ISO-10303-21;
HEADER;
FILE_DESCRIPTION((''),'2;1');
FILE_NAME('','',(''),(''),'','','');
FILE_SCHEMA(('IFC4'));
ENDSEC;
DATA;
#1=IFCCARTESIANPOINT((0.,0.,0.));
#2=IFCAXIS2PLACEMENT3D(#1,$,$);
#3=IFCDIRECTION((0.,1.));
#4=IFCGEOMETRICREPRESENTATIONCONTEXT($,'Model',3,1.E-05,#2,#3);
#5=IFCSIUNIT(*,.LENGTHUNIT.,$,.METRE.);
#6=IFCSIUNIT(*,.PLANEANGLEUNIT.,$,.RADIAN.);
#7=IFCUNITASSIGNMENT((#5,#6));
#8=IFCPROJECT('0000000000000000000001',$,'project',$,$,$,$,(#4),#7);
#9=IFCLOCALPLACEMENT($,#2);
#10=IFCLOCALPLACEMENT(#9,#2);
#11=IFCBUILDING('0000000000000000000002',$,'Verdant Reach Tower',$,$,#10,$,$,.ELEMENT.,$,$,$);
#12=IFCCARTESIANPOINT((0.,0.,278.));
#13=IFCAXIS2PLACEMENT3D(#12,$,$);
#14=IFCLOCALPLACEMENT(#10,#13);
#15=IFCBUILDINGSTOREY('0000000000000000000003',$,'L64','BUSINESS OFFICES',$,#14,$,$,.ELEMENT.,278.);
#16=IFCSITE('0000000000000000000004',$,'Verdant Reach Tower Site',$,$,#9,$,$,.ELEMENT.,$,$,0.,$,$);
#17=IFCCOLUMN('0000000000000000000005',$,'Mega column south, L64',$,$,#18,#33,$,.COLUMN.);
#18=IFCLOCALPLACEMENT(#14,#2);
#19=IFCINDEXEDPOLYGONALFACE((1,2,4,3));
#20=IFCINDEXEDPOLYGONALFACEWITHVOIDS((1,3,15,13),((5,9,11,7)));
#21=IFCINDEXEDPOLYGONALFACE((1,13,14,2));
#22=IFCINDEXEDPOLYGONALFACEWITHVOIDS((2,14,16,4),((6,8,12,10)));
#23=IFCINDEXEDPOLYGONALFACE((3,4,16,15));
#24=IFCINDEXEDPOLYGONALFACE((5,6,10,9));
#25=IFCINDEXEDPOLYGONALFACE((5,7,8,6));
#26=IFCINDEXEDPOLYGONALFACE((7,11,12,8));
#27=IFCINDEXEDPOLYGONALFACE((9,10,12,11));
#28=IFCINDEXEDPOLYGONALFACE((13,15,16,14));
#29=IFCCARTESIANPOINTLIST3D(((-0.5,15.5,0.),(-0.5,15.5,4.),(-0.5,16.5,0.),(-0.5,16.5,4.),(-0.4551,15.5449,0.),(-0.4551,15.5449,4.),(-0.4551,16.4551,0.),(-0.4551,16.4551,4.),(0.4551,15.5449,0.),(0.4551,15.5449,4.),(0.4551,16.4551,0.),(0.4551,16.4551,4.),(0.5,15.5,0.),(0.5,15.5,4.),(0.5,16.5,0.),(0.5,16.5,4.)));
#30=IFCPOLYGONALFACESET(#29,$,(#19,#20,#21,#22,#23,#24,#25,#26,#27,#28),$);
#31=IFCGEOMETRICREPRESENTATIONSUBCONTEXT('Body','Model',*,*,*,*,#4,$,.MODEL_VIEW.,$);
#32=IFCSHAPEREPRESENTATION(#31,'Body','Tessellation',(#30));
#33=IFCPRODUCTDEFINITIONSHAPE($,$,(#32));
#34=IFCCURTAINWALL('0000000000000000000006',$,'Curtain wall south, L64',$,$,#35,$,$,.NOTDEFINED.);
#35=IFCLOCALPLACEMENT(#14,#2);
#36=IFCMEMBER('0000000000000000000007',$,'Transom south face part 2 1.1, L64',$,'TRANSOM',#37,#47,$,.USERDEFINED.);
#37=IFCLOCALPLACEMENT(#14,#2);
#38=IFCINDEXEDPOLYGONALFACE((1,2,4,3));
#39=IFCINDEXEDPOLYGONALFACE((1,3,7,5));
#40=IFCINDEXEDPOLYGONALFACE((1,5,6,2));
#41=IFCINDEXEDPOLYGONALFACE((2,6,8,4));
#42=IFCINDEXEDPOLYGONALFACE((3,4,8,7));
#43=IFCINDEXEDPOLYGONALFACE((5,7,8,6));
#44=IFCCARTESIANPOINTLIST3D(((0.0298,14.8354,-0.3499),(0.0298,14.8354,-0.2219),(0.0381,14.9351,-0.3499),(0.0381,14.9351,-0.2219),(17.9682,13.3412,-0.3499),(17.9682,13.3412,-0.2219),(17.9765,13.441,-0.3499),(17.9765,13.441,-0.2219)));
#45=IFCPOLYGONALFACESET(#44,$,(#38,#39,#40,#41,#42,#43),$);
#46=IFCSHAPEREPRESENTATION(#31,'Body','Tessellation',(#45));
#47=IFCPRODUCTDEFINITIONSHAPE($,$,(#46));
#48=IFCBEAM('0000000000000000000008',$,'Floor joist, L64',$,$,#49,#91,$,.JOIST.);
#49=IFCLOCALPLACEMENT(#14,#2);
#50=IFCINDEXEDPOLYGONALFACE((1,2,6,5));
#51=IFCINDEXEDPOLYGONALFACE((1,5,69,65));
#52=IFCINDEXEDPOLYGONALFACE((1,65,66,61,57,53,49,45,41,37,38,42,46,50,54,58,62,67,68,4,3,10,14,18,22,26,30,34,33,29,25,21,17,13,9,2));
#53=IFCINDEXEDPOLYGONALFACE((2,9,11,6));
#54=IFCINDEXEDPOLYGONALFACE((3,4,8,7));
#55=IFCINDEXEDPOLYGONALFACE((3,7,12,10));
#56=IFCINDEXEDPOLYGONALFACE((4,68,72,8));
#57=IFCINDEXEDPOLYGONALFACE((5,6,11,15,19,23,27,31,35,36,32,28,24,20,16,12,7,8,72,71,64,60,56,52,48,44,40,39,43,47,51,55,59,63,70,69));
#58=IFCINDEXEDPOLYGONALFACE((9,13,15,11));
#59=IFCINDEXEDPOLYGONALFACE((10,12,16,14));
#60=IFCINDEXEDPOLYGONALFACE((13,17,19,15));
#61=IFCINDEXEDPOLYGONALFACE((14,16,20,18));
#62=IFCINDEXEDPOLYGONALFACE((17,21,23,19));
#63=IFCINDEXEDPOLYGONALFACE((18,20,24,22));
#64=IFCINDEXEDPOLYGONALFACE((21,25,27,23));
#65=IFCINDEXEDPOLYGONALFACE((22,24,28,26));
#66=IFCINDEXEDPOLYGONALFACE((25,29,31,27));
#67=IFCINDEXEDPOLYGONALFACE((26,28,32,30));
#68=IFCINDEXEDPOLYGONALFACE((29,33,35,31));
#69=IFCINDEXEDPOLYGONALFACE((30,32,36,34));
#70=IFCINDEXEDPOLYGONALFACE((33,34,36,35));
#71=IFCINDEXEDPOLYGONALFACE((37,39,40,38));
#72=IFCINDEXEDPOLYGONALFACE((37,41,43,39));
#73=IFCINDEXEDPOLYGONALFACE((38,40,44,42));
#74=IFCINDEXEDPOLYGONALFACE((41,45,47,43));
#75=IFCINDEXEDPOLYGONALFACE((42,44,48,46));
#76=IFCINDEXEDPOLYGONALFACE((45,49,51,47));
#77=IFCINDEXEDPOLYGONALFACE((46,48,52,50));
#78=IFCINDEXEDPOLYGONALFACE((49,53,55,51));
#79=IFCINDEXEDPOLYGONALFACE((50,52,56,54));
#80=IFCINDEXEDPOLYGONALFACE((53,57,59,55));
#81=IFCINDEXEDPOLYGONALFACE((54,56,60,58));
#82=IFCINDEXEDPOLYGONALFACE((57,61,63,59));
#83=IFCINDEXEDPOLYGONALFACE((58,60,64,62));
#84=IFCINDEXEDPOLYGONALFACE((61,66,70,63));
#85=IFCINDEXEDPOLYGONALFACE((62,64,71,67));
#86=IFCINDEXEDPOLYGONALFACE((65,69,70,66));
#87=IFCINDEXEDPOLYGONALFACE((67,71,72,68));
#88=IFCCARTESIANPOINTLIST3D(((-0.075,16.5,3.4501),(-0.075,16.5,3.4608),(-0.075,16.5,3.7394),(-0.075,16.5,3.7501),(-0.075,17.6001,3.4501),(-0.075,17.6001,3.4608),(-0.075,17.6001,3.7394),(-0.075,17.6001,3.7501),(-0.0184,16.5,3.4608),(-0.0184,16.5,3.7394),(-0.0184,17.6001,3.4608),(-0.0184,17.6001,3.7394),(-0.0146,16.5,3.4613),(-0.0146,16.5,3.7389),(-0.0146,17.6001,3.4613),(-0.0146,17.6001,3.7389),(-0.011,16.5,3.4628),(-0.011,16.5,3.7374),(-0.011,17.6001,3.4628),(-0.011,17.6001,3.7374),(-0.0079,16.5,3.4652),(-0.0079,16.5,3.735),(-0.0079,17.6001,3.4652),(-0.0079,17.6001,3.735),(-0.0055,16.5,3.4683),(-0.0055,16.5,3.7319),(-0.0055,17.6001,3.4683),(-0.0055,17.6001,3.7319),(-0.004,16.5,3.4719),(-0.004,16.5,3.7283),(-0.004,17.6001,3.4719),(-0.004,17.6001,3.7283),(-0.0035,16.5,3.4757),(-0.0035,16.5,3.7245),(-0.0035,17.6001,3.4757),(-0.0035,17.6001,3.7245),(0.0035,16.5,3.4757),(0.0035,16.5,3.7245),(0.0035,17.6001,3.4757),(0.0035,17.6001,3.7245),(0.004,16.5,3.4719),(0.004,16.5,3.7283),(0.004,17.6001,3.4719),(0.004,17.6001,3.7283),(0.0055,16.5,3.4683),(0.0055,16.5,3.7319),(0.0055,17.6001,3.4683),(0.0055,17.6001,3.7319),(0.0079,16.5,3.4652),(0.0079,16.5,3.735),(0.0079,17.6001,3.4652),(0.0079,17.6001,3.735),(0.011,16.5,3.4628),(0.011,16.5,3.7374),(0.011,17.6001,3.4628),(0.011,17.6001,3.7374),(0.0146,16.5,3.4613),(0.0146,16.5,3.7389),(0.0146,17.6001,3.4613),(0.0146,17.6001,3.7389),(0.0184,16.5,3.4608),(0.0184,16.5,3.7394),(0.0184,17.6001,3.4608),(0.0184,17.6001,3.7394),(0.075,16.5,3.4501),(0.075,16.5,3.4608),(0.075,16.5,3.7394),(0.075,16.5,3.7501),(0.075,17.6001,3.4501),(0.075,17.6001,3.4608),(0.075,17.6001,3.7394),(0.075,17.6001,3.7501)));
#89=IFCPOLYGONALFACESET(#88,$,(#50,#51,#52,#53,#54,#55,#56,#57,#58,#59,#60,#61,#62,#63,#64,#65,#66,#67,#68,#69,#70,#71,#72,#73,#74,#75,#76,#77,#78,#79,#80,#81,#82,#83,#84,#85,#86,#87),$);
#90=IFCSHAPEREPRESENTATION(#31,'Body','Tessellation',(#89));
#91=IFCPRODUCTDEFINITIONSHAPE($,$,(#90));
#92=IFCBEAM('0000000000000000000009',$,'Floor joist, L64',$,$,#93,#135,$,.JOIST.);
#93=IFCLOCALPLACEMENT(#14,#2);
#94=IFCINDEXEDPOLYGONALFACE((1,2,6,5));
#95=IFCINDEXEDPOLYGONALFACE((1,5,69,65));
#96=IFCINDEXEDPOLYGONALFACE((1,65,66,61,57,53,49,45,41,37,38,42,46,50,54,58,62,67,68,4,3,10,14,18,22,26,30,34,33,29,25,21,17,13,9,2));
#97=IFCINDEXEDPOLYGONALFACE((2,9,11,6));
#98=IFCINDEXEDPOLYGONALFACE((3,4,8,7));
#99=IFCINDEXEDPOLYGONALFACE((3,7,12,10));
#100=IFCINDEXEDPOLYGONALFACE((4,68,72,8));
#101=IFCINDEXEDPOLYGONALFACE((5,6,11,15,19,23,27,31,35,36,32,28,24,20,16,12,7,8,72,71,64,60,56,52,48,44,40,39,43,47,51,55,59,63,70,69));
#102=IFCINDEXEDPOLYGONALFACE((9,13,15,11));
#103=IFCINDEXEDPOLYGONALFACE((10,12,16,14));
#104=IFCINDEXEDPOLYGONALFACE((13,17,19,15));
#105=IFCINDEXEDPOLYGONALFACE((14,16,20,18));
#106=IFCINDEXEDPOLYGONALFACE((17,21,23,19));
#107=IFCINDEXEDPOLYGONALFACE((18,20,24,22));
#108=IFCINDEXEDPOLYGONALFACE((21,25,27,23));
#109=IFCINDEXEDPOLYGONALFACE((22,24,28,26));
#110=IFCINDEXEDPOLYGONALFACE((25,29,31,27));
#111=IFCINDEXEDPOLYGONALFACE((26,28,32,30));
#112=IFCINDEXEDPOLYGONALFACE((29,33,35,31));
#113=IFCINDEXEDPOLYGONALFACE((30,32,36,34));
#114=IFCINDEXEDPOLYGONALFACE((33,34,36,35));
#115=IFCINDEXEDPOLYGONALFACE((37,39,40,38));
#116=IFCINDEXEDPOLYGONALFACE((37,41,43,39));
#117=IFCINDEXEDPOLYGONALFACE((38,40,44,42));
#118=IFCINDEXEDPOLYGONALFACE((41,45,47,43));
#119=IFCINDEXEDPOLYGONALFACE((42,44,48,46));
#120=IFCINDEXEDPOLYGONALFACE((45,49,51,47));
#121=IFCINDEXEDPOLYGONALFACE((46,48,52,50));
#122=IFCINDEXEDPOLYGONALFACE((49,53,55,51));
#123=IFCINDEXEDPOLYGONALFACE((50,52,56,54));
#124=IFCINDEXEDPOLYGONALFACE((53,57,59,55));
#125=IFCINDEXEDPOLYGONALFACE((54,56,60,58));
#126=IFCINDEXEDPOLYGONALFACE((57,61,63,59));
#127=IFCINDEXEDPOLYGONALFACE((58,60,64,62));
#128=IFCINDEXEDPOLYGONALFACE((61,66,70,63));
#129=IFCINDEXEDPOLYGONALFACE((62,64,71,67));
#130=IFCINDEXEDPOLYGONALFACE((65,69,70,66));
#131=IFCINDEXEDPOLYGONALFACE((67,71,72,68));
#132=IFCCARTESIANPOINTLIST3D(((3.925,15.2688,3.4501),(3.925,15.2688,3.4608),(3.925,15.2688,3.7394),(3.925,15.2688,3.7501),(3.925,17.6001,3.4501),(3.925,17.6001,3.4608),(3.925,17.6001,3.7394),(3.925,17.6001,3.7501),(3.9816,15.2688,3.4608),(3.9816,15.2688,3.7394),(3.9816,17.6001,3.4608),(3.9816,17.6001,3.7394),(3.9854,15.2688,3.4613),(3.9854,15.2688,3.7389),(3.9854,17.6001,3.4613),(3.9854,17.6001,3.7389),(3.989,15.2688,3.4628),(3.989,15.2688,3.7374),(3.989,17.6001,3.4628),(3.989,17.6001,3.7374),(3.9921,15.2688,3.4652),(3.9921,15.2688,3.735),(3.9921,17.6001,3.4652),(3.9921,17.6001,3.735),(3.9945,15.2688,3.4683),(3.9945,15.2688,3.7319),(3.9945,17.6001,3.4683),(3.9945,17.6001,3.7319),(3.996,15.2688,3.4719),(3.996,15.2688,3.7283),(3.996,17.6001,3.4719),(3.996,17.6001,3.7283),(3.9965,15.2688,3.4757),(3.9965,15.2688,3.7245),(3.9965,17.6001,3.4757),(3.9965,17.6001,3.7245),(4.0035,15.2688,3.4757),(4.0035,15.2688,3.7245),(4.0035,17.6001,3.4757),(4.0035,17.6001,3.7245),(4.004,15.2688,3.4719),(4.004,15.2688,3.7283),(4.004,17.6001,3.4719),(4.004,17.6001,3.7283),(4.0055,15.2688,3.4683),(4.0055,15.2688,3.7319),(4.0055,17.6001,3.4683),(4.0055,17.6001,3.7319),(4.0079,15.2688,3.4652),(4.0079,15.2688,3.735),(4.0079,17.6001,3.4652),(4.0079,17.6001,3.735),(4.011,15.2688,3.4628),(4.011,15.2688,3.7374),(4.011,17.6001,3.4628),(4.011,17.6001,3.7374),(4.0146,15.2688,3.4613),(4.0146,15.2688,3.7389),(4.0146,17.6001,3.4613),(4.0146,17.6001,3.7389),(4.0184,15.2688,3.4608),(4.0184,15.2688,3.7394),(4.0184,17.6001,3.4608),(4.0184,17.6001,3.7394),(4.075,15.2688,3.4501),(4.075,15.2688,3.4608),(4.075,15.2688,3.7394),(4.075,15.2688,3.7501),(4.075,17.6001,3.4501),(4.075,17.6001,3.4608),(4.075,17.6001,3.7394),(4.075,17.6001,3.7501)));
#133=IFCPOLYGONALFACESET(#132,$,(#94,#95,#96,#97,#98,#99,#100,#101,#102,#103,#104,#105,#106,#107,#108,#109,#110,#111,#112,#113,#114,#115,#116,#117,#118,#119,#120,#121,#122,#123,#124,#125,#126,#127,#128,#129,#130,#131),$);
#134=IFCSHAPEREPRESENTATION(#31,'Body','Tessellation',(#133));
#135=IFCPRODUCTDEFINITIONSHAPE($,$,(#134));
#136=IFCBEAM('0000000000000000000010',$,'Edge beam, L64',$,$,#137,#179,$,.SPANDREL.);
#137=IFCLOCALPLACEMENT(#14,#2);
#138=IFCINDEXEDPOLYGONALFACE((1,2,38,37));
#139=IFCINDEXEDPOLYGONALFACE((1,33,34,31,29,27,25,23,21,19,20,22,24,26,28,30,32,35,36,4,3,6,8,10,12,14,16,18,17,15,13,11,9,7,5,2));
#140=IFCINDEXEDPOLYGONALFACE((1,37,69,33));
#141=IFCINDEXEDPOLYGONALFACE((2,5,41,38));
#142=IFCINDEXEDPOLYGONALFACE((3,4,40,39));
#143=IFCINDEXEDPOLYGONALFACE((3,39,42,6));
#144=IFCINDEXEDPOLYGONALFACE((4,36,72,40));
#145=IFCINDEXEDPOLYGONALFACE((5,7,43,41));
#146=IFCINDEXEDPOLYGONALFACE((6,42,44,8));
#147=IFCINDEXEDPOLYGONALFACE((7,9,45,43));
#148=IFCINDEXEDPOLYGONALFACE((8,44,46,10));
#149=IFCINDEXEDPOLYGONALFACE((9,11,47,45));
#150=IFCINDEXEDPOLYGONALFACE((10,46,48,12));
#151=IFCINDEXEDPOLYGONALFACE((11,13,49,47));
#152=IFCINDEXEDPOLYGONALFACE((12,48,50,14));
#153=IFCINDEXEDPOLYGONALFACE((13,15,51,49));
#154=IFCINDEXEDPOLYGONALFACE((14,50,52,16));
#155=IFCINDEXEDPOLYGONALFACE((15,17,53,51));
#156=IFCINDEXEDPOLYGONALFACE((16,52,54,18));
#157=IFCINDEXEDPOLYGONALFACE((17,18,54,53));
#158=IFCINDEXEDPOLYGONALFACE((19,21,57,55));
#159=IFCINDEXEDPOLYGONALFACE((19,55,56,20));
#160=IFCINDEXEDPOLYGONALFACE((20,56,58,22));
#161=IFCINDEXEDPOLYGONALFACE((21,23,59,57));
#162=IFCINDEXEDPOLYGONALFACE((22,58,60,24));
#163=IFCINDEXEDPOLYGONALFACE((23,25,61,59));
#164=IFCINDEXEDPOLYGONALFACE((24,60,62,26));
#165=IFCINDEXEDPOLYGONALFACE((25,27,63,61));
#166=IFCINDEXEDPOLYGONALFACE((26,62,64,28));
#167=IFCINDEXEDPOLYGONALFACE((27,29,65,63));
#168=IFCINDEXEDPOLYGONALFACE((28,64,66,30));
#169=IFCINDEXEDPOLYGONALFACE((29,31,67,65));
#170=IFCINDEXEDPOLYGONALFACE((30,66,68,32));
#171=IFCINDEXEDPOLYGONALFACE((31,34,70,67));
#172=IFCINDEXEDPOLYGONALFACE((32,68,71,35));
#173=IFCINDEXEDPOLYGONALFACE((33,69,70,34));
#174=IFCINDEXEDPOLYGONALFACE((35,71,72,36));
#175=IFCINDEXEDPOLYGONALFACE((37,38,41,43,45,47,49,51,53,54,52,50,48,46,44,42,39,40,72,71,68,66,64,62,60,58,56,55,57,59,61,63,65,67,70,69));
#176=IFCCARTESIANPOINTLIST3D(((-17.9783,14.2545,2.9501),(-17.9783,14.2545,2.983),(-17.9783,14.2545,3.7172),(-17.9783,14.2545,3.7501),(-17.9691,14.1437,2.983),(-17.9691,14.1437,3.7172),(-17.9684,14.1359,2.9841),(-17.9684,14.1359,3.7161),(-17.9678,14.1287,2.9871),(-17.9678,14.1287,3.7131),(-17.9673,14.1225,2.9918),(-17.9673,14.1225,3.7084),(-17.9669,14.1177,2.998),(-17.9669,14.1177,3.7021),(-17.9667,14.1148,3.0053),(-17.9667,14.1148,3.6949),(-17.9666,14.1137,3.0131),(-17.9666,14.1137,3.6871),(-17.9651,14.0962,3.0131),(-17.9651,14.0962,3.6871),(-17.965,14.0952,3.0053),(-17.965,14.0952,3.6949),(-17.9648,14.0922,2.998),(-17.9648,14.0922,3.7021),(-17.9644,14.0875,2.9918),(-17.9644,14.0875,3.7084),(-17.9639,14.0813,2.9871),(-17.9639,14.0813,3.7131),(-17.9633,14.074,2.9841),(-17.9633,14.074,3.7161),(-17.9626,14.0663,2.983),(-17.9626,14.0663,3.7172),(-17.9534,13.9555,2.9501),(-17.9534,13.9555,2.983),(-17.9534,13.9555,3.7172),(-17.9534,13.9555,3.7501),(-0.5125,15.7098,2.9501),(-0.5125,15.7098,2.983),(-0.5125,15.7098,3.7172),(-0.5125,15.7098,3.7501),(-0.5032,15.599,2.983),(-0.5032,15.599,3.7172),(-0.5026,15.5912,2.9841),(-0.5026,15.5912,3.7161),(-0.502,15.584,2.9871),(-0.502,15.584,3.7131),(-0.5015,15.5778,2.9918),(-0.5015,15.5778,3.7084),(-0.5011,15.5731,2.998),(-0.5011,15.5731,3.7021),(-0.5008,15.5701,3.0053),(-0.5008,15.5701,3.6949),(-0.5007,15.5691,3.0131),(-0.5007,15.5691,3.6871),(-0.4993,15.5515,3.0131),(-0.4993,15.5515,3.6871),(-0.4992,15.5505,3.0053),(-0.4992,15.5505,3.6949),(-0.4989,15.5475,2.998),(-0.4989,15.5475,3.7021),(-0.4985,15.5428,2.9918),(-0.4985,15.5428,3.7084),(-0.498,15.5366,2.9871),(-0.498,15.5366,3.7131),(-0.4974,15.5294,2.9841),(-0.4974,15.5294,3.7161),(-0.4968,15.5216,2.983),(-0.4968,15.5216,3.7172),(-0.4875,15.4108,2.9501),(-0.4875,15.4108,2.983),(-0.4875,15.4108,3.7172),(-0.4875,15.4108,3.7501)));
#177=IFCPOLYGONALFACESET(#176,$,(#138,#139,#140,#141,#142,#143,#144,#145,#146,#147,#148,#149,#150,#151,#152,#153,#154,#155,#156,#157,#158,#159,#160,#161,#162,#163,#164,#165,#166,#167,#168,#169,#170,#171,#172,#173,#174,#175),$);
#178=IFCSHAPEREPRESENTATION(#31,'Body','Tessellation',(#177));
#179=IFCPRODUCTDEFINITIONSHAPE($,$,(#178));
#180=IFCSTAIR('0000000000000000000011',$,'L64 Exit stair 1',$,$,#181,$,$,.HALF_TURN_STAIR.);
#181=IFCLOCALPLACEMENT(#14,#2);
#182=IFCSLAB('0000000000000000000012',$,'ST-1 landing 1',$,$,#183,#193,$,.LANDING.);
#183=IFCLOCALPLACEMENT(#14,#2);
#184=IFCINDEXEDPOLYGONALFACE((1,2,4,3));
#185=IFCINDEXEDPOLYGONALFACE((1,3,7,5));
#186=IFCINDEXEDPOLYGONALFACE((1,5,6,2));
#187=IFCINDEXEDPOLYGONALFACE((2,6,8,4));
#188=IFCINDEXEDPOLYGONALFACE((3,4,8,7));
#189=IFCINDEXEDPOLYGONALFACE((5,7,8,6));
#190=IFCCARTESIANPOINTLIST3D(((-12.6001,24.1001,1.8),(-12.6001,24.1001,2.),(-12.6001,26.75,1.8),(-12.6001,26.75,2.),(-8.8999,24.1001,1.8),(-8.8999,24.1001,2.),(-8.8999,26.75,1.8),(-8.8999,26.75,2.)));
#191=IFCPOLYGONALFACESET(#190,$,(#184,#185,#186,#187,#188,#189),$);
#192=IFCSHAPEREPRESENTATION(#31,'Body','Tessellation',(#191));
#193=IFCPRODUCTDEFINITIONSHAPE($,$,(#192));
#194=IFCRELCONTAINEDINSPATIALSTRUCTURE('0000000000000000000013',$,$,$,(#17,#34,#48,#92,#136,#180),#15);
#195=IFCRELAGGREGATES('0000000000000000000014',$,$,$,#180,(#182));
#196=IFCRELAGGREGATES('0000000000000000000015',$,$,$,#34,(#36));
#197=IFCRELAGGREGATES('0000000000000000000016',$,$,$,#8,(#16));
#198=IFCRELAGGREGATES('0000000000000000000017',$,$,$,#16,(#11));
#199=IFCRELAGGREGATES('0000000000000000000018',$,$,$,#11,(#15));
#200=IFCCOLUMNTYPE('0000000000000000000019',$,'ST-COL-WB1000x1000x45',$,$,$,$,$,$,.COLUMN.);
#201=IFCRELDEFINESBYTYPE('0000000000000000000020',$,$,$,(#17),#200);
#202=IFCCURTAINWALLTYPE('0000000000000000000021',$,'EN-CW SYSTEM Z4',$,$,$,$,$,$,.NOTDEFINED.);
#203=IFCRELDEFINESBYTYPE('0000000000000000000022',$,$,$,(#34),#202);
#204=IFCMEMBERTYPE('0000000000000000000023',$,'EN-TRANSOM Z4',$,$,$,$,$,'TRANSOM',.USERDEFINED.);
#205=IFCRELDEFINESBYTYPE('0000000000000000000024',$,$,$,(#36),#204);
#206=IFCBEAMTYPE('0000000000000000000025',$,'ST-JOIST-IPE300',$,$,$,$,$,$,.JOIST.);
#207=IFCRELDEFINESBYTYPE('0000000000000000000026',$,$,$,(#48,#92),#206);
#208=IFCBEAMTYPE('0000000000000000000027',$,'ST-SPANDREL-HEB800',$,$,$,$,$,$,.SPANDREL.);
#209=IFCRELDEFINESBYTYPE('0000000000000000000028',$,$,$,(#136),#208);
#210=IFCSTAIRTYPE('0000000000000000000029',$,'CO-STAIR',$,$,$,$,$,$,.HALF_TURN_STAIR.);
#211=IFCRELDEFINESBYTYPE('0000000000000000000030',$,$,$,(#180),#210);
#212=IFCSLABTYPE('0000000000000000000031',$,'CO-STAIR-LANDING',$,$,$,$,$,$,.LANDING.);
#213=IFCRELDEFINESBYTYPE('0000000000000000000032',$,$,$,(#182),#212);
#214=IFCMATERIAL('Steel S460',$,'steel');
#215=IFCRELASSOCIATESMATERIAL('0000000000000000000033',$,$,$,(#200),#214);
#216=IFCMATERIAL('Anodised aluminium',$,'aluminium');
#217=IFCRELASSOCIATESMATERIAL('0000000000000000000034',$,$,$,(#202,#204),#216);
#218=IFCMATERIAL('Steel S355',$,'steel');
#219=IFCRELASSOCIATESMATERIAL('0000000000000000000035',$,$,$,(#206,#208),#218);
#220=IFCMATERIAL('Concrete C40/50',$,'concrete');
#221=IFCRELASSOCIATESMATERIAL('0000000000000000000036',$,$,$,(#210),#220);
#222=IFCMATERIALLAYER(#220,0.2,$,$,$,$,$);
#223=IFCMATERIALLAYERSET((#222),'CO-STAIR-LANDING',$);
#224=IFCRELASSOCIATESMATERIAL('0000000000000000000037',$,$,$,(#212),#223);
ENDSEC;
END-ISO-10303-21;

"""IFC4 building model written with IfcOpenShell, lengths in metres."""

from ifc_helpers import new_model, si_unit, direction, frame, origin, origin_2d, place, context, subcontext, project, spatial, polyline, rectangle, hollow_rectangle, i_section, outline, extrude, material, layer, layer_set, material_profile, profile_set, type_object, element, aggregate, save


model = new_model("IFC4")

# Units and contexts
model_context = context("Model", 3, precision=1e-05, world=origin(), true_north=direction((0.0, 1.0)))
body_context = subcontext(model_context, "Body", "Model", "MODEL_VIEW")
ifc_project = project(units=[si_unit("LENGTHUNIT", "METRE"), si_unit("PLANEANGLEUNIT", "RADIAN")], contexts=[model_context])

# Site, building, storey
site_placement = place(None, origin())
site = spatial("IfcSite", under=ifc_project, at=site_placement, Name="Verdant Reach Tower Site", CompositionType="ELEMENT", RefElevation=0.0)
building_placement = place(site_placement, origin())
building = spatial("IfcBuilding", under=site, at=building_placement, Name="Verdant Reach Tower", CompositionType="ELEMENT")
storey_placement = place(building_placement, frame((0.0, 0.0, 278.0)))
storey = spatial("IfcBuildingStorey", under=building, at=storey_placement, Name="L64", Description="BUSINESS OFFICES", CompositionType="ELEMENT", Elevation=278.0)

# Column
ifc_material_1 = material(Name="Steel S460", Category="steel")
ifc_material_profile_1 = material_profile(ifc_material_1, hollow_rectangle(XDim=1.0, YDim=1.0, WallThickness=0.0449, at=origin_2d()), Name="WB 1000x1000x45")
ifc_profile_set_1 = profile_set([ifc_material_profile_1], Name="Steel S460")
column_type = type_object("IfcColumnType", Name="ST-COL-WB1000x1000x45", PredefinedType="COLUMN", material=ifc_profile_set_1)
column_placement = place(storey_placement, frame((0.0, 16.0, 0.0), z_axis=(0.0, 0.0, 1.0), x_axis=(1.0, 0.0, 0.0)))
element("IfcColumn", 1, at=column_placement, inside=storey, type_object=column_type, Name="Mega column south, L64", PredefinedType="COLUMN", context=body_context, shape_type="SweptSolid", body=[
    extrude(hollow_rectangle(XDim=1.0, YDim=1.0, WallThickness=0.0449, at=origin_2d()), origin(), (0.0, 0.0, 1.0), 4.0),
])

# Curtain wall, member
ifc_material_2 = material(Name="Anodised aluminium", Category="aluminium")
curtain_wall_type = type_object("IfcCurtainWallType", Name="EN-CW SYSTEM Z4", PredefinedType="NOTDEFINED", material=ifc_material_2)
curtain_wall_placement = place(storey_placement, origin())
curtain_wall = element("IfcCurtainWall", 2, at=curtain_wall_placement, inside=storey, type_object=curtain_wall_type, Name="Curtain wall south, L64", PredefinedType="NOTDEFINED")
ifc_material_profile_2 = material_profile(ifc_material_2, rectangle(XDim=0.1001, YDim=0.1279, at=origin_2d()), Name="Transom 128x100")
ifc_profile_set_2 = profile_set([ifc_material_profile_2], Name="Anodised aluminium")
member_type = type_object("IfcMemberType", Name="EN-TRANSOM Z4", ElementType="TRANSOM", PredefinedType="USERDEFINED", material=ifc_profile_set_2)
member_placement = place(storey_placement, frame((0.0339, 14.8853, -0.2859), z_axis=(0.996549, -0.083005, 0.0), x_axis=(0.083005, 0.996549, 0.0)))
member = element("IfcMember", 3, at=member_placement, type_object=member_type, Name="Transom south face part 2 1.1, L64", ObjectType="TRANSOM", PredefinedType="USERDEFINED", context=body_context, shape_type="SweptSolid", body=[
    extrude(rectangle(XDim=0.1001, YDim=0.1279, at=origin_2d()), origin(), (0.0, 0.0, 1.0), 18.0005),
])

# Beams
ifc_material_3 = material(Name="Steel S355", Category="steel")
ifc_material_profile_3 = material_profile(ifc_material_3, i_section(OverallWidth=0.1499, OverallDepth=0.3, WebThickness=0.0071, FlangeThickness=0.0107, FilletRadius=0.0149, at=origin_2d()), Name="IPE 300")
ifc_profile_set_3 = profile_set([ifc_material_profile_3], Name="Steel S355")
beam_type_1 = type_object("IfcBeamType", Name="ST-JOIST-IPE300", PredefinedType="JOIST", material=ifc_profile_set_3)
beam_1_placement = place(storey_placement, frame((0.0, 17.6001, 3.6001), z_axis=(0.0, -1.0, 0.0), x_axis=(1.0, 0.0, 0.0)))
element("IfcBeam", 4, at=beam_1_placement, inside=storey, type_object=beam_type_1, Name="Floor joist, L64", PredefinedType="JOIST", context=body_context, shape_type="SweptSolid", body=[
    extrude(i_section(OverallWidth=0.1499, OverallDepth=0.3, WebThickness=0.0071, FlangeThickness=0.0107, FilletRadius=0.0149, at=origin_2d()), origin(), (0.0, 0.0, 1.0), 1.1001),
])
beam_2_placement = place(storey_placement, frame((4.0, 17.6001, 3.6001), z_axis=(0.0, -1.0, 0.0), x_axis=(1.0, 0.0, 0.0)))
element("IfcBeam", 5, at=beam_2_placement, inside=storey, type_object=beam_type_1, Name="Floor joist, L64", PredefinedType="JOIST", context=body_context, shape_type="SweptSolid", body=[
    extrude(i_section(OverallWidth=0.1499, OverallDepth=0.3, WebThickness=0.0071, FlangeThickness=0.0107, FilletRadius=0.0149, at=origin_2d()), origin(), (0.0, 0.0, 1.0), 2.3313),
])
ifc_material_profile_4 = material_profile(ifc_material_3, i_section(OverallWidth=0.3, OverallDepth=0.8, WebThickness=0.0176, FlangeThickness=0.033, FilletRadius=0.03, at=origin_2d()), Name="HEB 800")
ifc_profile_set_4 = profile_set([ifc_material_profile_4], Name="Steel S355")
beam_type_2 = type_object("IfcBeamType", Name="ST-SPANDREL-HEB800", PredefinedType="SPANDREL", material=ifc_profile_set_4)
beam_3_placement = place(storey_placement, frame((-0.5, 15.5603, 3.3501), z_axis=(-0.996547, -0.083036, 0.0), x_axis=(0.083036, -0.996547, 0.0)))
element("IfcBeam", 6, at=beam_3_placement, inside=storey, type_object=beam_type_2, Name="Edge beam, L64", PredefinedType="SPANDREL", context=body_context, shape_type="SweptSolid", body=[
    extrude(i_section(OverallWidth=0.3, OverallDepth=0.8, WebThickness=0.0176, FlangeThickness=0.033, FilletRadius=0.03, at=origin_2d()), origin(), (0.0, 0.0, 1.0), 17.5264),
])

# Stair, slab
ifc_material_4 = material(Name="Concrete C40/50", Category="concrete")
stair_type = type_object("IfcStairType", Name="CO-STAIR", PredefinedType="HALF_TURN_STAIR", material=ifc_material_4)
stair_1_placement = place(storey_placement, origin())
stair_1 = element("IfcStair", 7, at=stair_1_placement, inside=storey, type_object=stair_type, Name="L64 Exit stair 1", PredefinedType="HALF_TURN_STAIR")
ifc_layer_1 = layer(ifc_material_4, 0.2)
ifc_layer_set_1 = layer_set([ifc_layer_1], Name="CO-STAIR-LANDING")
slab_type_1 = type_object("IfcSlabType", Name="CO-STAIR-LANDING", PredefinedType="LANDING", material=ifc_layer_set_1)
slab_1_placement = place(storey_placement, frame((0.0, 0.0, 1.8)))
slab_1 = element("IfcSlab", 8, at=slab_1_placement, type_object=slab_type_1, Name="ST-1 landing 1", PredefinedType="LANDING", context=body_context, shape_type="SweptSolid", body=[
    extrude(outline(polyline([(-12.6001, 26.75), (-12.6001, 24.1001), (-8.8999, 24.1001), (-8.8999, 26.75), (-12.6001, 26.75)])), origin(), (0.0, 0.0, 1.0), 0.2),
])
aggregate(stair_1, [slab_1])

aggregate(curtain_wall, [member])

save(model, "model.ifc")
